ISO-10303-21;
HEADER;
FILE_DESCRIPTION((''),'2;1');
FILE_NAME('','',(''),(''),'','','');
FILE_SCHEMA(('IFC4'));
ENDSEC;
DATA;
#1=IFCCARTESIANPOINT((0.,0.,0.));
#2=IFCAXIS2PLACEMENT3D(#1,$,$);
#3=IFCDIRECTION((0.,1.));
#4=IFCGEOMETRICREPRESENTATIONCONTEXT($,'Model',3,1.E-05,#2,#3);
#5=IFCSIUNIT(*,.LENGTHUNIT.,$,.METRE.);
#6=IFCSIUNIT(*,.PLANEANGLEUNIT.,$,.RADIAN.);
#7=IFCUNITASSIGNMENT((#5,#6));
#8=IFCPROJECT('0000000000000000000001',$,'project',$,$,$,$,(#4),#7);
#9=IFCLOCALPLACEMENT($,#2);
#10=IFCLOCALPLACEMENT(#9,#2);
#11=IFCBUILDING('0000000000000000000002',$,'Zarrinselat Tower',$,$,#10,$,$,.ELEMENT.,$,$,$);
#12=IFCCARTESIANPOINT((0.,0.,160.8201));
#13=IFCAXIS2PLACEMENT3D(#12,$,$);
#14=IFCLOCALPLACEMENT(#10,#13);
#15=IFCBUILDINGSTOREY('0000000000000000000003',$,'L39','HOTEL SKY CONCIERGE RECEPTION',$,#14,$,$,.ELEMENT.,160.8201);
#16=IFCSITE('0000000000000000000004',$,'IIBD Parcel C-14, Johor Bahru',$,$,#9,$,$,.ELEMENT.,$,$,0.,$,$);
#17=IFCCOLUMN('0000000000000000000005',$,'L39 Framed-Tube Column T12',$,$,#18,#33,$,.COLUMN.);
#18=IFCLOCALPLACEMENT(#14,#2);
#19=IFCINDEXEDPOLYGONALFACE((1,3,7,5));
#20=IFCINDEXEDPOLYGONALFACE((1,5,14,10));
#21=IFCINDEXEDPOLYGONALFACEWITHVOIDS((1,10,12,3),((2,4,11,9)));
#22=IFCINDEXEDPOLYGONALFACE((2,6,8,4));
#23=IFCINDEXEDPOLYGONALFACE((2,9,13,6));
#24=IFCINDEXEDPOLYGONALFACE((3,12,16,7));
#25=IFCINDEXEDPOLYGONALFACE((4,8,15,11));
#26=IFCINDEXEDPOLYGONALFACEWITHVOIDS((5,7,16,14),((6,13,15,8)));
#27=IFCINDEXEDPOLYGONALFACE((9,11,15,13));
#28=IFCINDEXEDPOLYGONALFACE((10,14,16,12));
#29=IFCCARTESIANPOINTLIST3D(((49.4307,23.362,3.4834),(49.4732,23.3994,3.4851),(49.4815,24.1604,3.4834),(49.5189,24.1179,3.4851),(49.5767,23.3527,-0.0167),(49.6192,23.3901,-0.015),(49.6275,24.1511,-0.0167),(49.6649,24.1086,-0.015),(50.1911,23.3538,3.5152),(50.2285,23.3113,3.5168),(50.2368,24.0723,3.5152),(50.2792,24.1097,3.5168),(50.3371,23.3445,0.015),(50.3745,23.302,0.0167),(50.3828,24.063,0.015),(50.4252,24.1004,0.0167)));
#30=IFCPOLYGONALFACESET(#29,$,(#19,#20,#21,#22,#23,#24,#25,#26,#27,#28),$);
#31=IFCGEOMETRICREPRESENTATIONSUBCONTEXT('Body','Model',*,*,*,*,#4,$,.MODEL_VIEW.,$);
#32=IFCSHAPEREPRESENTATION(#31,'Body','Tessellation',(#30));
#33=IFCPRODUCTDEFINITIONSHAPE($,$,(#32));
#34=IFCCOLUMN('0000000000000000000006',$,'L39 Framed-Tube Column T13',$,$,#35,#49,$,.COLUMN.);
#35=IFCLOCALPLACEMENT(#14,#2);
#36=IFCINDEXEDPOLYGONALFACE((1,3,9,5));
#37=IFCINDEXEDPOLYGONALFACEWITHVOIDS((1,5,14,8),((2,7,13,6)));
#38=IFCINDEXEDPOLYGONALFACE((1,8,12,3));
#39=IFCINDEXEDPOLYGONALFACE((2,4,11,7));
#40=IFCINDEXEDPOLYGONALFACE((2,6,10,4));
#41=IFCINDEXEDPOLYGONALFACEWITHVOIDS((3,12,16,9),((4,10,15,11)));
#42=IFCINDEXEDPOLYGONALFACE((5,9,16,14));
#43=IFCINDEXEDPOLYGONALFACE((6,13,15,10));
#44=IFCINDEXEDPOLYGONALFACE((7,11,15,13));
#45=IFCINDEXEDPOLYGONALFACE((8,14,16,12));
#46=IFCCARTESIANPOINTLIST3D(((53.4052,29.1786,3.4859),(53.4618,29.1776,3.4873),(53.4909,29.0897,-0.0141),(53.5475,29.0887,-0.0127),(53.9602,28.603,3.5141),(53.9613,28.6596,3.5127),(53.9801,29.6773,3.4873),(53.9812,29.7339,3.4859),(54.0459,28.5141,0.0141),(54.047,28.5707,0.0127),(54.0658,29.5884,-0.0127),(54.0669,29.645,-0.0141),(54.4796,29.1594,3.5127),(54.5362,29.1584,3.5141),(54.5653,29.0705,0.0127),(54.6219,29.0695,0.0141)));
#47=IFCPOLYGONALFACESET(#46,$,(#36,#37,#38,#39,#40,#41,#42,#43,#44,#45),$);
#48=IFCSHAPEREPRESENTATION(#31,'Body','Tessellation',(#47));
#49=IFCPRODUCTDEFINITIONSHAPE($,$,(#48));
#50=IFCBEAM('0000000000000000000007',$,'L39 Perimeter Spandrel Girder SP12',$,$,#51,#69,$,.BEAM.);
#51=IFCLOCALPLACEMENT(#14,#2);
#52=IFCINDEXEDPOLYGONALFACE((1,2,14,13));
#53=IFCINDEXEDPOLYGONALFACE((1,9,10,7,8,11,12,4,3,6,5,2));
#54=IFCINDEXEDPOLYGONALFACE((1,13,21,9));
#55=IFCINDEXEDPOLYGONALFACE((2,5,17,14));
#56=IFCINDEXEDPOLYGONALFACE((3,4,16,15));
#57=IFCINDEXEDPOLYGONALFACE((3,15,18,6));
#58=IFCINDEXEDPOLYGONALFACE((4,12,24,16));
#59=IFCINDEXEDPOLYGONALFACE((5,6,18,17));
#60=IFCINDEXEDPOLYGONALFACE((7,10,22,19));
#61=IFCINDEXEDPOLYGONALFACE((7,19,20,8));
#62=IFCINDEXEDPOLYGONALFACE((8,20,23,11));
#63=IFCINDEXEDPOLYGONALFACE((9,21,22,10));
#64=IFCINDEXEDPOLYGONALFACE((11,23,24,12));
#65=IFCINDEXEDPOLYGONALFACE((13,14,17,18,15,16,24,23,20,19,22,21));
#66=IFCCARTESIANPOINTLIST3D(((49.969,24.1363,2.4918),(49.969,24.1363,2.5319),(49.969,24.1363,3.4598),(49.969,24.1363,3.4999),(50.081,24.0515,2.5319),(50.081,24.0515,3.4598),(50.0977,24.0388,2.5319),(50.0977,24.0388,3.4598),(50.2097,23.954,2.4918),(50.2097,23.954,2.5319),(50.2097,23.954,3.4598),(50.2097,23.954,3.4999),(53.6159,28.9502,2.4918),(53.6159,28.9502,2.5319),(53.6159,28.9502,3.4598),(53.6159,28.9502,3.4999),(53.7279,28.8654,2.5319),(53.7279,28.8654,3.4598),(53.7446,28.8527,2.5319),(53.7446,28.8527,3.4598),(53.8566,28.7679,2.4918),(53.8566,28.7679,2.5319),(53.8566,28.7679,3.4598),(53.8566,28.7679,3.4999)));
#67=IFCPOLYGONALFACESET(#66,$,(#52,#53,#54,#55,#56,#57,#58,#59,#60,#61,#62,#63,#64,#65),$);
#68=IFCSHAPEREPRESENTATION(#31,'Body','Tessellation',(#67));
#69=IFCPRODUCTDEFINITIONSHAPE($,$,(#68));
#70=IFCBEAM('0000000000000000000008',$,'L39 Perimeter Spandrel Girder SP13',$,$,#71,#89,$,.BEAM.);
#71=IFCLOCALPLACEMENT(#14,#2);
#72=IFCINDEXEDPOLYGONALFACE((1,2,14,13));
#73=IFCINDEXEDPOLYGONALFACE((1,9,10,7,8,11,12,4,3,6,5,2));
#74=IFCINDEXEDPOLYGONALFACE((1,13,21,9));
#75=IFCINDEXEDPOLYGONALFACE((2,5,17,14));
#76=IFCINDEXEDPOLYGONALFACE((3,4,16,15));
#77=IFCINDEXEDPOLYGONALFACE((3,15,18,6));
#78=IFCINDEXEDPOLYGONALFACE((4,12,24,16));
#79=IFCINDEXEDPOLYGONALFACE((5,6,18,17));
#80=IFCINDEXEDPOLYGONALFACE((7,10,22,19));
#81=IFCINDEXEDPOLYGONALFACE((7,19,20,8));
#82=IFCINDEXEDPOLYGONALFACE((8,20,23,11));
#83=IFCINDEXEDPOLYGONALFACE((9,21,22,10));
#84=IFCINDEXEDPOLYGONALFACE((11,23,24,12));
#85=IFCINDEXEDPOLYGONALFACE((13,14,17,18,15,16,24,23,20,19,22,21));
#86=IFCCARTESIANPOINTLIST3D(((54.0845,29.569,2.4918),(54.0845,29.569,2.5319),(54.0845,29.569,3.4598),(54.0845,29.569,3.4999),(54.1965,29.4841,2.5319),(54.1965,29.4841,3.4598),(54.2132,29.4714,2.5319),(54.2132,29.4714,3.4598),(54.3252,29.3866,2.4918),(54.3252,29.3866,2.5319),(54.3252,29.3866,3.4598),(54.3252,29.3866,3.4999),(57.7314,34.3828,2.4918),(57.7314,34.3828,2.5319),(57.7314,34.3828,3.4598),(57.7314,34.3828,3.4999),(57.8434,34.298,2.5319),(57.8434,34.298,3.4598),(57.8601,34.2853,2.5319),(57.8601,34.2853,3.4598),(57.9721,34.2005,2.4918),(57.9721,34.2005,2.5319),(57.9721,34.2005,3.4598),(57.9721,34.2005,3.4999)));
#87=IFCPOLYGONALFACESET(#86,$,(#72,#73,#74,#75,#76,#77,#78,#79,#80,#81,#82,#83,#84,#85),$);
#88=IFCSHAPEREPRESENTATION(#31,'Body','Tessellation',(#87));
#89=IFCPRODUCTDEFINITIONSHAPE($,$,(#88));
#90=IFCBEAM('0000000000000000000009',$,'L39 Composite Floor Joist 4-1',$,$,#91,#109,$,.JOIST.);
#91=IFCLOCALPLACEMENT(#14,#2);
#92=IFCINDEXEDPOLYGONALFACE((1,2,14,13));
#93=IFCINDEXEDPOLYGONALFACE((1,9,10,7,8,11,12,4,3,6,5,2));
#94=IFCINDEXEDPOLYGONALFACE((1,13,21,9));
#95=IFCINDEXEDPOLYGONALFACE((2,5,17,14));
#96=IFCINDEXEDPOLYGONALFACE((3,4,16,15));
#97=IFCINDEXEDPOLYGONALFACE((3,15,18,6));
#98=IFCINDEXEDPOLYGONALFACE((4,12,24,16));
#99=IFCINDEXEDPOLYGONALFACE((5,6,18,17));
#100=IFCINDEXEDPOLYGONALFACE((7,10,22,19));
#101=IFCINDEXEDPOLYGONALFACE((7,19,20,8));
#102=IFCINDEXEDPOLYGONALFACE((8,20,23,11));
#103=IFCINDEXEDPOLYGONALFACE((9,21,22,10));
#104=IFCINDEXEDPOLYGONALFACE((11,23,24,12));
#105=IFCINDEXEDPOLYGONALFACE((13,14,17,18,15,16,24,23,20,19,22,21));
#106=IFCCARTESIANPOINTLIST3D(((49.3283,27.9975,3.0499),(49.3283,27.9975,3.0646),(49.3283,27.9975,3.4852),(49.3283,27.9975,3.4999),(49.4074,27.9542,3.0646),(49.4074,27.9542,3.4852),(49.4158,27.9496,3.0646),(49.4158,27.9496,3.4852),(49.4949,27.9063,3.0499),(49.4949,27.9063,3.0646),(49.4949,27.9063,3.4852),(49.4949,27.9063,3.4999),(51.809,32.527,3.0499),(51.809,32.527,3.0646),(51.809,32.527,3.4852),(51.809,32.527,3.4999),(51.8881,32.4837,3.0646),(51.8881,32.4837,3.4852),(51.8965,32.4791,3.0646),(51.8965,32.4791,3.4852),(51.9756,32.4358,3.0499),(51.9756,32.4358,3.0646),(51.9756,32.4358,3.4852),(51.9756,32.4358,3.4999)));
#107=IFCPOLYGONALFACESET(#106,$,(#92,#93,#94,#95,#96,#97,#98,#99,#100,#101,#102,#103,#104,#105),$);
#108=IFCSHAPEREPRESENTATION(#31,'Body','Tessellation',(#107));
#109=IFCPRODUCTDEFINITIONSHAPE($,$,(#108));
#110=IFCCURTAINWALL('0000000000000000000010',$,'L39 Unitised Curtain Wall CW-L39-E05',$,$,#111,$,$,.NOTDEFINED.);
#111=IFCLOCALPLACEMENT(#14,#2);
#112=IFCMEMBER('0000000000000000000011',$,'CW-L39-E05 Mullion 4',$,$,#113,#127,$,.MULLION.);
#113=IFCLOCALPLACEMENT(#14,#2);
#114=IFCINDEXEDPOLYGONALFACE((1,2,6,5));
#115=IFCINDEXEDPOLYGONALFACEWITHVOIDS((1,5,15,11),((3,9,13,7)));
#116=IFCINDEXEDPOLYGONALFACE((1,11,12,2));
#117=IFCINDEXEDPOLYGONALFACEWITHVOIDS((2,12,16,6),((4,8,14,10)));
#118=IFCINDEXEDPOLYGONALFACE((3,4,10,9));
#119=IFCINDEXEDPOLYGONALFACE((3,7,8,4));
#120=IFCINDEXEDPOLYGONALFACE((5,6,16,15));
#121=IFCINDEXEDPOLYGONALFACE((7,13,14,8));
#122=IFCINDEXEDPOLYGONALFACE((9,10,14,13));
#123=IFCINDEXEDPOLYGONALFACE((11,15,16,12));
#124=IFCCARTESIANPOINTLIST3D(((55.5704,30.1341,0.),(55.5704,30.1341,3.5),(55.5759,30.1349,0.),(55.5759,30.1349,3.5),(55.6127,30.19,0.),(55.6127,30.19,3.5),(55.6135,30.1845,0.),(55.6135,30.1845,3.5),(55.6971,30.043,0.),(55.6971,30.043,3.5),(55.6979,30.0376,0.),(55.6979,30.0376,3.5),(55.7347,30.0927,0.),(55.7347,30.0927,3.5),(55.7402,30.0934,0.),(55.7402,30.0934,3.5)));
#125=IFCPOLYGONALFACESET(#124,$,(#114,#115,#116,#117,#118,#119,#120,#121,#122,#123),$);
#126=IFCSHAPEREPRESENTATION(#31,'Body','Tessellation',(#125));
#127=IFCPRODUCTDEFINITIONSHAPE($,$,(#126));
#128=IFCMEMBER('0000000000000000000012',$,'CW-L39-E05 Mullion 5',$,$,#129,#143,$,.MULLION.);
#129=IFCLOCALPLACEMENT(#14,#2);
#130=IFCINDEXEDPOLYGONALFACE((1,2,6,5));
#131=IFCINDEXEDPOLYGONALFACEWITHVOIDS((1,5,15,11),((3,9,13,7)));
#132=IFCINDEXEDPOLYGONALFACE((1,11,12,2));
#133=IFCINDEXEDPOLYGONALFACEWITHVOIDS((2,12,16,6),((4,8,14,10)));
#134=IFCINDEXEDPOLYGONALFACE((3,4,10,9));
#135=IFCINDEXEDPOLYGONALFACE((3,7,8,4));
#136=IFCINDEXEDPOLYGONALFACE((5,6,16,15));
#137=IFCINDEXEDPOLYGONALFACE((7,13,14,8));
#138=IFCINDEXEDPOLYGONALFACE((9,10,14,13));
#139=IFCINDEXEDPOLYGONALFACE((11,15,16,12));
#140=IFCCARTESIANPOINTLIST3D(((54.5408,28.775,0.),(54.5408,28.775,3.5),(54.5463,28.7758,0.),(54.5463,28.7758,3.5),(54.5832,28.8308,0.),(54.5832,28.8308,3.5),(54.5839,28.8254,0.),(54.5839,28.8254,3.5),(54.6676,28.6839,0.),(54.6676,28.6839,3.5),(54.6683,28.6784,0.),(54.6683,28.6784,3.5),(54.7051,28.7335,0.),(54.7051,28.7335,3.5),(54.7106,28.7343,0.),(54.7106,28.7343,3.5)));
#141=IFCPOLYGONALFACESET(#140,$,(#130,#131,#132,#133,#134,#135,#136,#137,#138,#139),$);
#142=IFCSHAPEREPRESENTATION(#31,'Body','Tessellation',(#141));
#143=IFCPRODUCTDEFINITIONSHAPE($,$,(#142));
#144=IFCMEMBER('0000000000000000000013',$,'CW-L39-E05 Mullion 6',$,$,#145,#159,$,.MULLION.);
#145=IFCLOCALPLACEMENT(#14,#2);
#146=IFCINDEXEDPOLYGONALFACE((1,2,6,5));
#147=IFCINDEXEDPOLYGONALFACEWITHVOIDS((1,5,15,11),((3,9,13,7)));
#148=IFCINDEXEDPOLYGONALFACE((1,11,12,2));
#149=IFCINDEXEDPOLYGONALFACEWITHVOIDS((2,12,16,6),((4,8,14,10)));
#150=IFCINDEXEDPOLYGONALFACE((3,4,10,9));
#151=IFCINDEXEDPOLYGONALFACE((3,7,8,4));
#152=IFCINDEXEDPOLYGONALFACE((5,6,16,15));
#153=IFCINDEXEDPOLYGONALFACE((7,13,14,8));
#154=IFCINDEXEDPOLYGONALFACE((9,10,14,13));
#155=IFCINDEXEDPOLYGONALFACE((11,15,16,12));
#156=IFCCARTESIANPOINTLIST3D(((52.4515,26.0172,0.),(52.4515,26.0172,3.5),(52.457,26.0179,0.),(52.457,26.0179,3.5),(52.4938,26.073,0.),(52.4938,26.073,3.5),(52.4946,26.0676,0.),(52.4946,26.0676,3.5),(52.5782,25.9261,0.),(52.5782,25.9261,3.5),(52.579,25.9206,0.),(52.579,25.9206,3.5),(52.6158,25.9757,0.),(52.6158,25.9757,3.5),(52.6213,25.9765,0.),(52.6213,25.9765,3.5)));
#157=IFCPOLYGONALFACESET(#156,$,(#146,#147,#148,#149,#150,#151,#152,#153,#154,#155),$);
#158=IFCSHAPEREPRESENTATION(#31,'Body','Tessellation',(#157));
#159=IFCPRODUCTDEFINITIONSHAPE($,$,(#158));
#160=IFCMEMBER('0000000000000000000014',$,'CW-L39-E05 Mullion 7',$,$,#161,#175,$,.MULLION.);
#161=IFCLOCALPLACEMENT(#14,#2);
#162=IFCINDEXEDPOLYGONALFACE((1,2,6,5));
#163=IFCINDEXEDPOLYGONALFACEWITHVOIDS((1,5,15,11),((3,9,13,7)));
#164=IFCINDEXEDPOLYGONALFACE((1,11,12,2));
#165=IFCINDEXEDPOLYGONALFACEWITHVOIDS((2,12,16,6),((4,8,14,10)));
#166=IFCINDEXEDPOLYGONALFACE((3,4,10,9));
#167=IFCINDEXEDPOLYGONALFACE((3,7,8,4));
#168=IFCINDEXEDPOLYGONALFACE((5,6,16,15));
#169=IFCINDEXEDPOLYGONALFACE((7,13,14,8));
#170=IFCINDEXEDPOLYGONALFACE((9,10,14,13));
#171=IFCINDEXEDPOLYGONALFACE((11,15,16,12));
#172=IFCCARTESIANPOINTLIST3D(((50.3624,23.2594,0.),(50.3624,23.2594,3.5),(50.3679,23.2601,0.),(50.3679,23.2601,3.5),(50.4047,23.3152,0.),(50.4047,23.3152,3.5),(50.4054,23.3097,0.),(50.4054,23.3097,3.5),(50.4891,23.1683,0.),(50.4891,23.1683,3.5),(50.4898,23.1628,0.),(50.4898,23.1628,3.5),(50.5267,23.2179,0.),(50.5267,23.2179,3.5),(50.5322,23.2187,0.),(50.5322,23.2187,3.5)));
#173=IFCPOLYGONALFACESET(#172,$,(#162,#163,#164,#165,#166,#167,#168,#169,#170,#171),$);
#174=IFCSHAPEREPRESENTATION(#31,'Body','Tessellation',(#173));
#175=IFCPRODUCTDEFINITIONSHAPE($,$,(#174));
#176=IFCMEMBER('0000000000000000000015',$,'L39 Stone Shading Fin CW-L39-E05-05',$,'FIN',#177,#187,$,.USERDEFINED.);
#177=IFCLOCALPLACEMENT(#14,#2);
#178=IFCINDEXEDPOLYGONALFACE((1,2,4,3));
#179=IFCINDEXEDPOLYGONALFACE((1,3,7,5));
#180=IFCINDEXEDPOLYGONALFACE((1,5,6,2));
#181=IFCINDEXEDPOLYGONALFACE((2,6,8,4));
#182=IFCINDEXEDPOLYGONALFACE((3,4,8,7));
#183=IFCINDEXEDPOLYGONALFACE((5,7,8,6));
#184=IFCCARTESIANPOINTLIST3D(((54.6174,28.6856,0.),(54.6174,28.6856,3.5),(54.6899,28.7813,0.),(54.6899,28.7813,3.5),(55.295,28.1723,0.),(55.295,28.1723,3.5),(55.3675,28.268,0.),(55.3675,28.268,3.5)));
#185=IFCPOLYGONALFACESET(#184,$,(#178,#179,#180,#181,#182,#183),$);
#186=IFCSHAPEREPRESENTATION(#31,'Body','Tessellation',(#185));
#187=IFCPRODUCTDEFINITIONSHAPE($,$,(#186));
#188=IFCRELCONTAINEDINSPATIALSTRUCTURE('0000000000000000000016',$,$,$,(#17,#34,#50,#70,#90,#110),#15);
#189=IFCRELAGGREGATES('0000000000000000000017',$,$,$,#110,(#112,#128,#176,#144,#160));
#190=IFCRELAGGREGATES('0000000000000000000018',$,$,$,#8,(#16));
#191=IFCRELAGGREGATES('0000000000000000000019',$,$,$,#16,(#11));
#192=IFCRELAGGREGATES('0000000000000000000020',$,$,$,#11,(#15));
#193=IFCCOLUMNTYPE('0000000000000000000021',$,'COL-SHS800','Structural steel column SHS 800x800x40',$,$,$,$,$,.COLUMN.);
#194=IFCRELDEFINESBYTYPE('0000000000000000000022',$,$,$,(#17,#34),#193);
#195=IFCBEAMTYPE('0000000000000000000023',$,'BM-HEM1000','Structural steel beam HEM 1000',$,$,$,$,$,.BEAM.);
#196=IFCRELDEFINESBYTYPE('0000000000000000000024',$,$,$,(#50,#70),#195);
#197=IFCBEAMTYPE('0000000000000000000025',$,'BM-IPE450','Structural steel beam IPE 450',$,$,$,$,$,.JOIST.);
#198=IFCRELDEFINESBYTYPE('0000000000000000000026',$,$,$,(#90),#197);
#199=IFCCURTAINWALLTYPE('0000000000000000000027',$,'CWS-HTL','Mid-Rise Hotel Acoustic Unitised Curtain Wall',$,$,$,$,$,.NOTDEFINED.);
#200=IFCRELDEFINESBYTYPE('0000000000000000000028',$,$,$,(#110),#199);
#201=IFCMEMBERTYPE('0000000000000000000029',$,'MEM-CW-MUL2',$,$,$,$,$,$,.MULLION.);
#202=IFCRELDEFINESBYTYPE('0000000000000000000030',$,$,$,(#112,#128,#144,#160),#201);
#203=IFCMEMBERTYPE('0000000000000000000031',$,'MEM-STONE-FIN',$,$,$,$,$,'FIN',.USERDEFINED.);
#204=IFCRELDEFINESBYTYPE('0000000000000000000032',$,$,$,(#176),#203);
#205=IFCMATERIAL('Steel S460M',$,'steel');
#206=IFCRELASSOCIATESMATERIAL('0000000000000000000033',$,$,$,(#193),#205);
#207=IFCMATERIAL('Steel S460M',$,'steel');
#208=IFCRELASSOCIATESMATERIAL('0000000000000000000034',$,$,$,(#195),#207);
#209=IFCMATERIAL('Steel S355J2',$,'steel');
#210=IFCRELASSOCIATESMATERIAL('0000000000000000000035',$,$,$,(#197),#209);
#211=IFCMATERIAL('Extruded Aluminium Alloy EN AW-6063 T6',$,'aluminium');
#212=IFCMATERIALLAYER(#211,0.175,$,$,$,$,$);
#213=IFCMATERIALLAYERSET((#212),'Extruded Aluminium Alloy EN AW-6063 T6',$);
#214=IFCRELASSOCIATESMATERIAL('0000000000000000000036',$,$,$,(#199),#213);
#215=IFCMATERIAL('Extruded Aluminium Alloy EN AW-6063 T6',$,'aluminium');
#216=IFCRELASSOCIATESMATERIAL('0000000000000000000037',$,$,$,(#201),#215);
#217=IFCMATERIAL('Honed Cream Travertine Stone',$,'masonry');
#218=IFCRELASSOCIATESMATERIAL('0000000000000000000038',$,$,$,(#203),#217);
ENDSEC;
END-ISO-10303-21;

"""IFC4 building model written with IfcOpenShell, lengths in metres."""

from ifc_helpers import new_model, si_unit, direction, frame, origin, origin_2d, place, context, subcontext, project, spatial, rectangle, hollow_rectangle, i_section, extrude, material, layer, layer_set, material_profile, profile_set, type_object, element, aggregate, save


model = new_model("IFC4")

# Units and contexts
model_context = context("Model", 3, precision=1e-05, world=origin(), true_north=direction((0.0, 1.0)))
body_context = subcontext(model_context, "Body", "Model", "MODEL_VIEW")
ifc_project = project(units=[si_unit("LENGTHUNIT", "METRE"), si_unit("PLANEANGLEUNIT", "RADIAN")], contexts=[model_context])

# Site, building, storey
site_placement = place(None, origin())
site = spatial("IfcSite", under=ifc_project, at=site_placement, Name="IIBD Parcel C-14, Johor Bahru", CompositionType="ELEMENT", RefElevation=0.0)
building_placement = place(site_placement, origin())
building = spatial("IfcBuilding", under=site, at=building_placement, Name="Zarrinselat Tower", CompositionType="ELEMENT")
storey_placement = place(building_placement, frame((0.0, 0.0, 160.8201)))
storey = spatial("IfcBuildingStorey", under=building, at=storey_placement, Name="L39", Description="HOTEL SKY CONCIERGE RECEPTION", CompositionType="ELEMENT", Elevation=160.8201)

# Columns
ifc_material_1 = material(Name="Steel S460M", Category="steel")
ifc_material_profile_1 = material_profile(ifc_material_1, hollow_rectangle(XDim=0.8, YDim=0.8, WallThickness=0.04, at=origin_2d()), Name="SHS 800x800x40")
ifc_profile_set_1 = profile_set([ifc_material_profile_1], Name="Steel S460M")
column_type = type_object("IfcColumnType", Name="COL-SHS800", Description="Structural steel column SHS 800x800x40", PredefinedType="COLUMN", material=ifc_profile_set_1)
column_1_placement = place(storey_placement, frame((50.001, 23.7266, 0.0), z_axis=(-0.041677, 0.002648, 0.999128), x_axis=(-0.063417, -0.997987, 0.0)))
element("IfcColumn", 1, at=column_1_placement, inside=storey, type_object=column_type, Name="L39 Framed-Tube Column T12", PredefinedType="COLUMN", context=body_context, shape_type="SweptSolid", body=[
    extrude(hollow_rectangle(XDim=0.8, YDim=0.8, WallThickness=0.04, at=origin_2d()), origin(), (0.0, 0.0, 1.0), 3.5032),
])
column_2_placement = place(storey_placement, frame((54.0564, 29.0796, 0.0), z_axis=(-0.024469, 0.025375, 0.999379), x_axis=(-0.719844, -0.694136, 0.0)))
element("IfcColumn", 2, at=column_2_placement, inside=storey, type_object=column_type, Name="L39 Framed-Tube Column T13", PredefinedType="COLUMN", context=body_context, shape_type="SweptSolid", body=[
    extrude(hollow_rectangle(XDim=0.8, YDim=0.8, WallThickness=0.04, at=origin_2d()), origin(), (0.0, 0.0, 1.0), 3.5022),
])

# Beams
ifc_material_2 = material(Name="Steel S460M", Category="steel")
ifc_material_profile_2 = material_profile(ifc_material_2, i_section(OverallWidth=0.302, OverallDepth=1.0081, WebThickness=0.021, FlangeThickness=0.04, at=origin_2d()), Name="HEM 1000")
ifc_profile_set_2 = profile_set([ifc_material_profile_2], Name="Steel S460M")
beam_type_1 = type_object("IfcBeamType", Name="BM-HEM1000", Description="Structural steel beam HEM 1000", PredefinedType="BEAM", material=ifc_profile_set_2)
for number, where, z_axis, x_axis, name in (
    (3, (50.0894, 24.0452, 2.9958), (0.603861, 0.79709, 0.0), (-0.79709, 0.603861, 0.0), "L39 Perimeter Spandrel Girder SP12"),
    (4, (54.2048, 29.4778, 2.9958), (0.603861, 0.79709, 0.0), (-0.79709, 0.603861, 0.0), "L39 Perimeter Spandrel Girder SP13"),
):
    element("IfcBeam", number, at=place(storey_placement, frame(where, z_axis=z_axis, x_axis=x_axis)), inside=storey, type_object=beam_type_1, Name=name, PredefinedType="BEAM", context=body_context, shape_type="SweptSolid", body=[
        extrude(i_section(OverallWidth=0.302, OverallDepth=1.0081, WebThickness=0.021, FlangeThickness=0.04, at=origin_2d()), origin(), (0.0, 0.0, 1.0), 6.0393),
    ])
ifc_material_3 = material(Name="Steel S355J2", Category="steel")
ifc_material_profile_3 = material_profile(ifc_material_3, i_section(OverallWidth=0.1899, OverallDepth=0.45, WebThickness=0.0095, FlangeThickness=0.0146, at=origin_2d()), Name="IPE 450")
ifc_profile_set_3 = profile_set([ifc_material_profile_3], Name="Steel S355J2")
beam_type_2 = type_object("IfcBeamType", Name="BM-IPE450", Description="Structural steel beam IPE 450", PredefinedType="JOIST", material=ifc_profile_set_3)
beam_placement = place(storey_placement, frame((49.4116, 27.9519, 3.2749), z_axis=(0.480352, 0.877076, 0.0), x_axis=(-0.877076, 0.480352, 0.0)))
element("IfcBeam", 5, at=beam_placement, inside=storey, type_object=beam_type_2, Name="L39 Composite Floor Joist 4-1", PredefinedType="JOIST", context=body_context, shape_type="SweptSolid", body=[
    extrude(i_section(OverallWidth=0.1899, OverallDepth=0.45, WebThickness=0.0095, FlangeThickness=0.0146, at=origin_2d()), origin(), (0.0, 0.0, 1.0), 5.1643),
])

# Curtain wall, members
ifc_material_4 = material(Name="Extruded Aluminium Alloy EN AW-6063 T6", Category="aluminium")
ifc_layer_1 = layer(ifc_material_4, 0.175)
ifc_layer_set_1 = layer_set([ifc_layer_1], Name="Extruded Aluminium Alloy EN AW-6063 T6")
curtain_wall_type = type_object("IfcCurtainWallType", Name="CWS-HTL", Description="Mid-Rise Hotel Acoustic Unitised Curtain Wall", PredefinedType="NOTDEFINED", material=ifc_layer_set_1)
curtain_wall_placement = place(storey_placement, origin())
curtain_wall = element("IfcCurtainWall", 6, at=curtain_wall_placement, inside=storey, type_object=curtain_wall_type, Name="L39 Unitised Curtain Wall CW-L39-E05", PredefinedType="NOTDEFINED")
ifc_material_5 = material(Name="Extruded Aluminium Alloy EN AW-6063 T6", Category="aluminium")
ifc_material_profile_4 = material_profile(ifc_material_5, hollow_rectangle(XDim=0.0701, YDim=0.1599, WallThickness=0.0039, at=origin_2d()), Name="RHS 160x70x4")
ifc_profile_set_4 = profile_set([ifc_material_profile_4], Name="Extruded Aluminium Alloy EN AW-6063 T6")
member_type_1 = type_object("IfcMemberType", Name="MEM-CW-MUL2", PredefinedType="MULLION", material=ifc_profile_set_4)
member_1_placement = place(storey_placement, frame((55.6553, 30.1138, 0.0), z_axis=(0.0, 0.0, 1.0), x_axis=(-0.603859, -0.797092, 0.0)))
member_1 = element("IfcMember", 7, at=member_1_placement, type_object=member_type_1, Name="CW-L39-E05 Mullion 4", PredefinedType="MULLION", context=body_context, shape_type="SweptSolid", body=[
    extrude(hollow_rectangle(XDim=0.0701, YDim=0.1599, WallThickness=0.0039, at=origin_2d()), origin(), (0.0, 0.0, 1.0), 3.5),
])
member_2_placement = place(storey_placement, frame((54.6257, 28.7546, 0.0), z_axis=(0.0, 0.0, 1.0), x_axis=(-0.603859, -0.797092, 0.0)))
member_2 = element("IfcMember", 8, at=member_2_placement, type_object=member_type_1, Name="CW-L39-E05 Mullion 5", PredefinedType="MULLION", context=body_context, shape_type="SweptSolid", body=[
    extrude(hollow_rectangle(XDim=0.0701, YDim=0.1599, WallThickness=0.0039, at=origin_2d()), origin(), (0.0, 0.0, 1.0), 3.5),
])
member_3_placement = place(storey_placement, frame((52.5364, 25.9968, 0.0), z_axis=(0.0, 0.0, 1.0), x_axis=(-0.603859, -0.797092, 0.0)))
member_3 = element("IfcMember", 9, at=member_3_placement, type_object=member_type_1, Name="CW-L39-E05 Mullion 6", PredefinedType="MULLION", context=body_context, shape_type="SweptSolid", body=[
    extrude(hollow_rectangle(XDim=0.0701, YDim=0.1599, WallThickness=0.0039, at=origin_2d()), origin(), (0.0, 0.0, 1.0), 3.5),
])
member_4_placement = place(storey_placement, frame((50.4473, 23.239, 0.0), z_axis=(0.0, 0.0, 1.0), x_axis=(-0.603859, -0.797092, 0.0)))
member_4 = element("IfcMember", 10, at=member_4_placement, type_object=member_type_1, Name="CW-L39-E05 Mullion 7", PredefinedType="MULLION", context=body_context, shape_type="SweptSolid", body=[
    extrude(hollow_rectangle(XDim=0.0701, YDim=0.1599, WallThickness=0.0039, at=origin_2d()), origin(), (0.0, 0.0, 1.0), 3.5),
])
ifc_material_6 = material(Name="Honed Cream Travertine Stone", Category="masonry")
ifc_material_profile_5 = material_profile(ifc_material_6, rectangle(XDim=0.1201, YDim=0.8501, at=origin_2d()), Name="FIN 850x120")
ifc_profile_set_5 = profile_set([ifc_material_profile_5], Name="Honed Cream Travertine Stone")
member_type_2 = type_object("IfcMemberType", Name="MEM-STONE-FIN", ElementType="FIN", PredefinedType="USERDEFINED", material=ifc_profile_set_5)
member_5_placement = place(storey_placement, frame((54.9924, 28.4768, 0.0), z_axis=(0.0, 0.0, 1.0), x_axis=(-0.603859, -0.797092, 0.0)))
member_5 = element("IfcMember", 11, at=member_5_placement, type_object=member_type_2, Name="L39 Stone Shading Fin CW-L39-E05-05", ObjectType="FIN", PredefinedType="USERDEFINED", context=body_context, shape_type="SweptSolid", body=[
    extrude(rectangle(XDim=0.1201, YDim=0.8501, at=origin_2d()), origin(), (0.0, 0.0, 1.0), 3.5),
])
aggregate(curtain_wall, [member_1, member_2, member_5, member_3, member_4])

save(model, "model.ifc")
